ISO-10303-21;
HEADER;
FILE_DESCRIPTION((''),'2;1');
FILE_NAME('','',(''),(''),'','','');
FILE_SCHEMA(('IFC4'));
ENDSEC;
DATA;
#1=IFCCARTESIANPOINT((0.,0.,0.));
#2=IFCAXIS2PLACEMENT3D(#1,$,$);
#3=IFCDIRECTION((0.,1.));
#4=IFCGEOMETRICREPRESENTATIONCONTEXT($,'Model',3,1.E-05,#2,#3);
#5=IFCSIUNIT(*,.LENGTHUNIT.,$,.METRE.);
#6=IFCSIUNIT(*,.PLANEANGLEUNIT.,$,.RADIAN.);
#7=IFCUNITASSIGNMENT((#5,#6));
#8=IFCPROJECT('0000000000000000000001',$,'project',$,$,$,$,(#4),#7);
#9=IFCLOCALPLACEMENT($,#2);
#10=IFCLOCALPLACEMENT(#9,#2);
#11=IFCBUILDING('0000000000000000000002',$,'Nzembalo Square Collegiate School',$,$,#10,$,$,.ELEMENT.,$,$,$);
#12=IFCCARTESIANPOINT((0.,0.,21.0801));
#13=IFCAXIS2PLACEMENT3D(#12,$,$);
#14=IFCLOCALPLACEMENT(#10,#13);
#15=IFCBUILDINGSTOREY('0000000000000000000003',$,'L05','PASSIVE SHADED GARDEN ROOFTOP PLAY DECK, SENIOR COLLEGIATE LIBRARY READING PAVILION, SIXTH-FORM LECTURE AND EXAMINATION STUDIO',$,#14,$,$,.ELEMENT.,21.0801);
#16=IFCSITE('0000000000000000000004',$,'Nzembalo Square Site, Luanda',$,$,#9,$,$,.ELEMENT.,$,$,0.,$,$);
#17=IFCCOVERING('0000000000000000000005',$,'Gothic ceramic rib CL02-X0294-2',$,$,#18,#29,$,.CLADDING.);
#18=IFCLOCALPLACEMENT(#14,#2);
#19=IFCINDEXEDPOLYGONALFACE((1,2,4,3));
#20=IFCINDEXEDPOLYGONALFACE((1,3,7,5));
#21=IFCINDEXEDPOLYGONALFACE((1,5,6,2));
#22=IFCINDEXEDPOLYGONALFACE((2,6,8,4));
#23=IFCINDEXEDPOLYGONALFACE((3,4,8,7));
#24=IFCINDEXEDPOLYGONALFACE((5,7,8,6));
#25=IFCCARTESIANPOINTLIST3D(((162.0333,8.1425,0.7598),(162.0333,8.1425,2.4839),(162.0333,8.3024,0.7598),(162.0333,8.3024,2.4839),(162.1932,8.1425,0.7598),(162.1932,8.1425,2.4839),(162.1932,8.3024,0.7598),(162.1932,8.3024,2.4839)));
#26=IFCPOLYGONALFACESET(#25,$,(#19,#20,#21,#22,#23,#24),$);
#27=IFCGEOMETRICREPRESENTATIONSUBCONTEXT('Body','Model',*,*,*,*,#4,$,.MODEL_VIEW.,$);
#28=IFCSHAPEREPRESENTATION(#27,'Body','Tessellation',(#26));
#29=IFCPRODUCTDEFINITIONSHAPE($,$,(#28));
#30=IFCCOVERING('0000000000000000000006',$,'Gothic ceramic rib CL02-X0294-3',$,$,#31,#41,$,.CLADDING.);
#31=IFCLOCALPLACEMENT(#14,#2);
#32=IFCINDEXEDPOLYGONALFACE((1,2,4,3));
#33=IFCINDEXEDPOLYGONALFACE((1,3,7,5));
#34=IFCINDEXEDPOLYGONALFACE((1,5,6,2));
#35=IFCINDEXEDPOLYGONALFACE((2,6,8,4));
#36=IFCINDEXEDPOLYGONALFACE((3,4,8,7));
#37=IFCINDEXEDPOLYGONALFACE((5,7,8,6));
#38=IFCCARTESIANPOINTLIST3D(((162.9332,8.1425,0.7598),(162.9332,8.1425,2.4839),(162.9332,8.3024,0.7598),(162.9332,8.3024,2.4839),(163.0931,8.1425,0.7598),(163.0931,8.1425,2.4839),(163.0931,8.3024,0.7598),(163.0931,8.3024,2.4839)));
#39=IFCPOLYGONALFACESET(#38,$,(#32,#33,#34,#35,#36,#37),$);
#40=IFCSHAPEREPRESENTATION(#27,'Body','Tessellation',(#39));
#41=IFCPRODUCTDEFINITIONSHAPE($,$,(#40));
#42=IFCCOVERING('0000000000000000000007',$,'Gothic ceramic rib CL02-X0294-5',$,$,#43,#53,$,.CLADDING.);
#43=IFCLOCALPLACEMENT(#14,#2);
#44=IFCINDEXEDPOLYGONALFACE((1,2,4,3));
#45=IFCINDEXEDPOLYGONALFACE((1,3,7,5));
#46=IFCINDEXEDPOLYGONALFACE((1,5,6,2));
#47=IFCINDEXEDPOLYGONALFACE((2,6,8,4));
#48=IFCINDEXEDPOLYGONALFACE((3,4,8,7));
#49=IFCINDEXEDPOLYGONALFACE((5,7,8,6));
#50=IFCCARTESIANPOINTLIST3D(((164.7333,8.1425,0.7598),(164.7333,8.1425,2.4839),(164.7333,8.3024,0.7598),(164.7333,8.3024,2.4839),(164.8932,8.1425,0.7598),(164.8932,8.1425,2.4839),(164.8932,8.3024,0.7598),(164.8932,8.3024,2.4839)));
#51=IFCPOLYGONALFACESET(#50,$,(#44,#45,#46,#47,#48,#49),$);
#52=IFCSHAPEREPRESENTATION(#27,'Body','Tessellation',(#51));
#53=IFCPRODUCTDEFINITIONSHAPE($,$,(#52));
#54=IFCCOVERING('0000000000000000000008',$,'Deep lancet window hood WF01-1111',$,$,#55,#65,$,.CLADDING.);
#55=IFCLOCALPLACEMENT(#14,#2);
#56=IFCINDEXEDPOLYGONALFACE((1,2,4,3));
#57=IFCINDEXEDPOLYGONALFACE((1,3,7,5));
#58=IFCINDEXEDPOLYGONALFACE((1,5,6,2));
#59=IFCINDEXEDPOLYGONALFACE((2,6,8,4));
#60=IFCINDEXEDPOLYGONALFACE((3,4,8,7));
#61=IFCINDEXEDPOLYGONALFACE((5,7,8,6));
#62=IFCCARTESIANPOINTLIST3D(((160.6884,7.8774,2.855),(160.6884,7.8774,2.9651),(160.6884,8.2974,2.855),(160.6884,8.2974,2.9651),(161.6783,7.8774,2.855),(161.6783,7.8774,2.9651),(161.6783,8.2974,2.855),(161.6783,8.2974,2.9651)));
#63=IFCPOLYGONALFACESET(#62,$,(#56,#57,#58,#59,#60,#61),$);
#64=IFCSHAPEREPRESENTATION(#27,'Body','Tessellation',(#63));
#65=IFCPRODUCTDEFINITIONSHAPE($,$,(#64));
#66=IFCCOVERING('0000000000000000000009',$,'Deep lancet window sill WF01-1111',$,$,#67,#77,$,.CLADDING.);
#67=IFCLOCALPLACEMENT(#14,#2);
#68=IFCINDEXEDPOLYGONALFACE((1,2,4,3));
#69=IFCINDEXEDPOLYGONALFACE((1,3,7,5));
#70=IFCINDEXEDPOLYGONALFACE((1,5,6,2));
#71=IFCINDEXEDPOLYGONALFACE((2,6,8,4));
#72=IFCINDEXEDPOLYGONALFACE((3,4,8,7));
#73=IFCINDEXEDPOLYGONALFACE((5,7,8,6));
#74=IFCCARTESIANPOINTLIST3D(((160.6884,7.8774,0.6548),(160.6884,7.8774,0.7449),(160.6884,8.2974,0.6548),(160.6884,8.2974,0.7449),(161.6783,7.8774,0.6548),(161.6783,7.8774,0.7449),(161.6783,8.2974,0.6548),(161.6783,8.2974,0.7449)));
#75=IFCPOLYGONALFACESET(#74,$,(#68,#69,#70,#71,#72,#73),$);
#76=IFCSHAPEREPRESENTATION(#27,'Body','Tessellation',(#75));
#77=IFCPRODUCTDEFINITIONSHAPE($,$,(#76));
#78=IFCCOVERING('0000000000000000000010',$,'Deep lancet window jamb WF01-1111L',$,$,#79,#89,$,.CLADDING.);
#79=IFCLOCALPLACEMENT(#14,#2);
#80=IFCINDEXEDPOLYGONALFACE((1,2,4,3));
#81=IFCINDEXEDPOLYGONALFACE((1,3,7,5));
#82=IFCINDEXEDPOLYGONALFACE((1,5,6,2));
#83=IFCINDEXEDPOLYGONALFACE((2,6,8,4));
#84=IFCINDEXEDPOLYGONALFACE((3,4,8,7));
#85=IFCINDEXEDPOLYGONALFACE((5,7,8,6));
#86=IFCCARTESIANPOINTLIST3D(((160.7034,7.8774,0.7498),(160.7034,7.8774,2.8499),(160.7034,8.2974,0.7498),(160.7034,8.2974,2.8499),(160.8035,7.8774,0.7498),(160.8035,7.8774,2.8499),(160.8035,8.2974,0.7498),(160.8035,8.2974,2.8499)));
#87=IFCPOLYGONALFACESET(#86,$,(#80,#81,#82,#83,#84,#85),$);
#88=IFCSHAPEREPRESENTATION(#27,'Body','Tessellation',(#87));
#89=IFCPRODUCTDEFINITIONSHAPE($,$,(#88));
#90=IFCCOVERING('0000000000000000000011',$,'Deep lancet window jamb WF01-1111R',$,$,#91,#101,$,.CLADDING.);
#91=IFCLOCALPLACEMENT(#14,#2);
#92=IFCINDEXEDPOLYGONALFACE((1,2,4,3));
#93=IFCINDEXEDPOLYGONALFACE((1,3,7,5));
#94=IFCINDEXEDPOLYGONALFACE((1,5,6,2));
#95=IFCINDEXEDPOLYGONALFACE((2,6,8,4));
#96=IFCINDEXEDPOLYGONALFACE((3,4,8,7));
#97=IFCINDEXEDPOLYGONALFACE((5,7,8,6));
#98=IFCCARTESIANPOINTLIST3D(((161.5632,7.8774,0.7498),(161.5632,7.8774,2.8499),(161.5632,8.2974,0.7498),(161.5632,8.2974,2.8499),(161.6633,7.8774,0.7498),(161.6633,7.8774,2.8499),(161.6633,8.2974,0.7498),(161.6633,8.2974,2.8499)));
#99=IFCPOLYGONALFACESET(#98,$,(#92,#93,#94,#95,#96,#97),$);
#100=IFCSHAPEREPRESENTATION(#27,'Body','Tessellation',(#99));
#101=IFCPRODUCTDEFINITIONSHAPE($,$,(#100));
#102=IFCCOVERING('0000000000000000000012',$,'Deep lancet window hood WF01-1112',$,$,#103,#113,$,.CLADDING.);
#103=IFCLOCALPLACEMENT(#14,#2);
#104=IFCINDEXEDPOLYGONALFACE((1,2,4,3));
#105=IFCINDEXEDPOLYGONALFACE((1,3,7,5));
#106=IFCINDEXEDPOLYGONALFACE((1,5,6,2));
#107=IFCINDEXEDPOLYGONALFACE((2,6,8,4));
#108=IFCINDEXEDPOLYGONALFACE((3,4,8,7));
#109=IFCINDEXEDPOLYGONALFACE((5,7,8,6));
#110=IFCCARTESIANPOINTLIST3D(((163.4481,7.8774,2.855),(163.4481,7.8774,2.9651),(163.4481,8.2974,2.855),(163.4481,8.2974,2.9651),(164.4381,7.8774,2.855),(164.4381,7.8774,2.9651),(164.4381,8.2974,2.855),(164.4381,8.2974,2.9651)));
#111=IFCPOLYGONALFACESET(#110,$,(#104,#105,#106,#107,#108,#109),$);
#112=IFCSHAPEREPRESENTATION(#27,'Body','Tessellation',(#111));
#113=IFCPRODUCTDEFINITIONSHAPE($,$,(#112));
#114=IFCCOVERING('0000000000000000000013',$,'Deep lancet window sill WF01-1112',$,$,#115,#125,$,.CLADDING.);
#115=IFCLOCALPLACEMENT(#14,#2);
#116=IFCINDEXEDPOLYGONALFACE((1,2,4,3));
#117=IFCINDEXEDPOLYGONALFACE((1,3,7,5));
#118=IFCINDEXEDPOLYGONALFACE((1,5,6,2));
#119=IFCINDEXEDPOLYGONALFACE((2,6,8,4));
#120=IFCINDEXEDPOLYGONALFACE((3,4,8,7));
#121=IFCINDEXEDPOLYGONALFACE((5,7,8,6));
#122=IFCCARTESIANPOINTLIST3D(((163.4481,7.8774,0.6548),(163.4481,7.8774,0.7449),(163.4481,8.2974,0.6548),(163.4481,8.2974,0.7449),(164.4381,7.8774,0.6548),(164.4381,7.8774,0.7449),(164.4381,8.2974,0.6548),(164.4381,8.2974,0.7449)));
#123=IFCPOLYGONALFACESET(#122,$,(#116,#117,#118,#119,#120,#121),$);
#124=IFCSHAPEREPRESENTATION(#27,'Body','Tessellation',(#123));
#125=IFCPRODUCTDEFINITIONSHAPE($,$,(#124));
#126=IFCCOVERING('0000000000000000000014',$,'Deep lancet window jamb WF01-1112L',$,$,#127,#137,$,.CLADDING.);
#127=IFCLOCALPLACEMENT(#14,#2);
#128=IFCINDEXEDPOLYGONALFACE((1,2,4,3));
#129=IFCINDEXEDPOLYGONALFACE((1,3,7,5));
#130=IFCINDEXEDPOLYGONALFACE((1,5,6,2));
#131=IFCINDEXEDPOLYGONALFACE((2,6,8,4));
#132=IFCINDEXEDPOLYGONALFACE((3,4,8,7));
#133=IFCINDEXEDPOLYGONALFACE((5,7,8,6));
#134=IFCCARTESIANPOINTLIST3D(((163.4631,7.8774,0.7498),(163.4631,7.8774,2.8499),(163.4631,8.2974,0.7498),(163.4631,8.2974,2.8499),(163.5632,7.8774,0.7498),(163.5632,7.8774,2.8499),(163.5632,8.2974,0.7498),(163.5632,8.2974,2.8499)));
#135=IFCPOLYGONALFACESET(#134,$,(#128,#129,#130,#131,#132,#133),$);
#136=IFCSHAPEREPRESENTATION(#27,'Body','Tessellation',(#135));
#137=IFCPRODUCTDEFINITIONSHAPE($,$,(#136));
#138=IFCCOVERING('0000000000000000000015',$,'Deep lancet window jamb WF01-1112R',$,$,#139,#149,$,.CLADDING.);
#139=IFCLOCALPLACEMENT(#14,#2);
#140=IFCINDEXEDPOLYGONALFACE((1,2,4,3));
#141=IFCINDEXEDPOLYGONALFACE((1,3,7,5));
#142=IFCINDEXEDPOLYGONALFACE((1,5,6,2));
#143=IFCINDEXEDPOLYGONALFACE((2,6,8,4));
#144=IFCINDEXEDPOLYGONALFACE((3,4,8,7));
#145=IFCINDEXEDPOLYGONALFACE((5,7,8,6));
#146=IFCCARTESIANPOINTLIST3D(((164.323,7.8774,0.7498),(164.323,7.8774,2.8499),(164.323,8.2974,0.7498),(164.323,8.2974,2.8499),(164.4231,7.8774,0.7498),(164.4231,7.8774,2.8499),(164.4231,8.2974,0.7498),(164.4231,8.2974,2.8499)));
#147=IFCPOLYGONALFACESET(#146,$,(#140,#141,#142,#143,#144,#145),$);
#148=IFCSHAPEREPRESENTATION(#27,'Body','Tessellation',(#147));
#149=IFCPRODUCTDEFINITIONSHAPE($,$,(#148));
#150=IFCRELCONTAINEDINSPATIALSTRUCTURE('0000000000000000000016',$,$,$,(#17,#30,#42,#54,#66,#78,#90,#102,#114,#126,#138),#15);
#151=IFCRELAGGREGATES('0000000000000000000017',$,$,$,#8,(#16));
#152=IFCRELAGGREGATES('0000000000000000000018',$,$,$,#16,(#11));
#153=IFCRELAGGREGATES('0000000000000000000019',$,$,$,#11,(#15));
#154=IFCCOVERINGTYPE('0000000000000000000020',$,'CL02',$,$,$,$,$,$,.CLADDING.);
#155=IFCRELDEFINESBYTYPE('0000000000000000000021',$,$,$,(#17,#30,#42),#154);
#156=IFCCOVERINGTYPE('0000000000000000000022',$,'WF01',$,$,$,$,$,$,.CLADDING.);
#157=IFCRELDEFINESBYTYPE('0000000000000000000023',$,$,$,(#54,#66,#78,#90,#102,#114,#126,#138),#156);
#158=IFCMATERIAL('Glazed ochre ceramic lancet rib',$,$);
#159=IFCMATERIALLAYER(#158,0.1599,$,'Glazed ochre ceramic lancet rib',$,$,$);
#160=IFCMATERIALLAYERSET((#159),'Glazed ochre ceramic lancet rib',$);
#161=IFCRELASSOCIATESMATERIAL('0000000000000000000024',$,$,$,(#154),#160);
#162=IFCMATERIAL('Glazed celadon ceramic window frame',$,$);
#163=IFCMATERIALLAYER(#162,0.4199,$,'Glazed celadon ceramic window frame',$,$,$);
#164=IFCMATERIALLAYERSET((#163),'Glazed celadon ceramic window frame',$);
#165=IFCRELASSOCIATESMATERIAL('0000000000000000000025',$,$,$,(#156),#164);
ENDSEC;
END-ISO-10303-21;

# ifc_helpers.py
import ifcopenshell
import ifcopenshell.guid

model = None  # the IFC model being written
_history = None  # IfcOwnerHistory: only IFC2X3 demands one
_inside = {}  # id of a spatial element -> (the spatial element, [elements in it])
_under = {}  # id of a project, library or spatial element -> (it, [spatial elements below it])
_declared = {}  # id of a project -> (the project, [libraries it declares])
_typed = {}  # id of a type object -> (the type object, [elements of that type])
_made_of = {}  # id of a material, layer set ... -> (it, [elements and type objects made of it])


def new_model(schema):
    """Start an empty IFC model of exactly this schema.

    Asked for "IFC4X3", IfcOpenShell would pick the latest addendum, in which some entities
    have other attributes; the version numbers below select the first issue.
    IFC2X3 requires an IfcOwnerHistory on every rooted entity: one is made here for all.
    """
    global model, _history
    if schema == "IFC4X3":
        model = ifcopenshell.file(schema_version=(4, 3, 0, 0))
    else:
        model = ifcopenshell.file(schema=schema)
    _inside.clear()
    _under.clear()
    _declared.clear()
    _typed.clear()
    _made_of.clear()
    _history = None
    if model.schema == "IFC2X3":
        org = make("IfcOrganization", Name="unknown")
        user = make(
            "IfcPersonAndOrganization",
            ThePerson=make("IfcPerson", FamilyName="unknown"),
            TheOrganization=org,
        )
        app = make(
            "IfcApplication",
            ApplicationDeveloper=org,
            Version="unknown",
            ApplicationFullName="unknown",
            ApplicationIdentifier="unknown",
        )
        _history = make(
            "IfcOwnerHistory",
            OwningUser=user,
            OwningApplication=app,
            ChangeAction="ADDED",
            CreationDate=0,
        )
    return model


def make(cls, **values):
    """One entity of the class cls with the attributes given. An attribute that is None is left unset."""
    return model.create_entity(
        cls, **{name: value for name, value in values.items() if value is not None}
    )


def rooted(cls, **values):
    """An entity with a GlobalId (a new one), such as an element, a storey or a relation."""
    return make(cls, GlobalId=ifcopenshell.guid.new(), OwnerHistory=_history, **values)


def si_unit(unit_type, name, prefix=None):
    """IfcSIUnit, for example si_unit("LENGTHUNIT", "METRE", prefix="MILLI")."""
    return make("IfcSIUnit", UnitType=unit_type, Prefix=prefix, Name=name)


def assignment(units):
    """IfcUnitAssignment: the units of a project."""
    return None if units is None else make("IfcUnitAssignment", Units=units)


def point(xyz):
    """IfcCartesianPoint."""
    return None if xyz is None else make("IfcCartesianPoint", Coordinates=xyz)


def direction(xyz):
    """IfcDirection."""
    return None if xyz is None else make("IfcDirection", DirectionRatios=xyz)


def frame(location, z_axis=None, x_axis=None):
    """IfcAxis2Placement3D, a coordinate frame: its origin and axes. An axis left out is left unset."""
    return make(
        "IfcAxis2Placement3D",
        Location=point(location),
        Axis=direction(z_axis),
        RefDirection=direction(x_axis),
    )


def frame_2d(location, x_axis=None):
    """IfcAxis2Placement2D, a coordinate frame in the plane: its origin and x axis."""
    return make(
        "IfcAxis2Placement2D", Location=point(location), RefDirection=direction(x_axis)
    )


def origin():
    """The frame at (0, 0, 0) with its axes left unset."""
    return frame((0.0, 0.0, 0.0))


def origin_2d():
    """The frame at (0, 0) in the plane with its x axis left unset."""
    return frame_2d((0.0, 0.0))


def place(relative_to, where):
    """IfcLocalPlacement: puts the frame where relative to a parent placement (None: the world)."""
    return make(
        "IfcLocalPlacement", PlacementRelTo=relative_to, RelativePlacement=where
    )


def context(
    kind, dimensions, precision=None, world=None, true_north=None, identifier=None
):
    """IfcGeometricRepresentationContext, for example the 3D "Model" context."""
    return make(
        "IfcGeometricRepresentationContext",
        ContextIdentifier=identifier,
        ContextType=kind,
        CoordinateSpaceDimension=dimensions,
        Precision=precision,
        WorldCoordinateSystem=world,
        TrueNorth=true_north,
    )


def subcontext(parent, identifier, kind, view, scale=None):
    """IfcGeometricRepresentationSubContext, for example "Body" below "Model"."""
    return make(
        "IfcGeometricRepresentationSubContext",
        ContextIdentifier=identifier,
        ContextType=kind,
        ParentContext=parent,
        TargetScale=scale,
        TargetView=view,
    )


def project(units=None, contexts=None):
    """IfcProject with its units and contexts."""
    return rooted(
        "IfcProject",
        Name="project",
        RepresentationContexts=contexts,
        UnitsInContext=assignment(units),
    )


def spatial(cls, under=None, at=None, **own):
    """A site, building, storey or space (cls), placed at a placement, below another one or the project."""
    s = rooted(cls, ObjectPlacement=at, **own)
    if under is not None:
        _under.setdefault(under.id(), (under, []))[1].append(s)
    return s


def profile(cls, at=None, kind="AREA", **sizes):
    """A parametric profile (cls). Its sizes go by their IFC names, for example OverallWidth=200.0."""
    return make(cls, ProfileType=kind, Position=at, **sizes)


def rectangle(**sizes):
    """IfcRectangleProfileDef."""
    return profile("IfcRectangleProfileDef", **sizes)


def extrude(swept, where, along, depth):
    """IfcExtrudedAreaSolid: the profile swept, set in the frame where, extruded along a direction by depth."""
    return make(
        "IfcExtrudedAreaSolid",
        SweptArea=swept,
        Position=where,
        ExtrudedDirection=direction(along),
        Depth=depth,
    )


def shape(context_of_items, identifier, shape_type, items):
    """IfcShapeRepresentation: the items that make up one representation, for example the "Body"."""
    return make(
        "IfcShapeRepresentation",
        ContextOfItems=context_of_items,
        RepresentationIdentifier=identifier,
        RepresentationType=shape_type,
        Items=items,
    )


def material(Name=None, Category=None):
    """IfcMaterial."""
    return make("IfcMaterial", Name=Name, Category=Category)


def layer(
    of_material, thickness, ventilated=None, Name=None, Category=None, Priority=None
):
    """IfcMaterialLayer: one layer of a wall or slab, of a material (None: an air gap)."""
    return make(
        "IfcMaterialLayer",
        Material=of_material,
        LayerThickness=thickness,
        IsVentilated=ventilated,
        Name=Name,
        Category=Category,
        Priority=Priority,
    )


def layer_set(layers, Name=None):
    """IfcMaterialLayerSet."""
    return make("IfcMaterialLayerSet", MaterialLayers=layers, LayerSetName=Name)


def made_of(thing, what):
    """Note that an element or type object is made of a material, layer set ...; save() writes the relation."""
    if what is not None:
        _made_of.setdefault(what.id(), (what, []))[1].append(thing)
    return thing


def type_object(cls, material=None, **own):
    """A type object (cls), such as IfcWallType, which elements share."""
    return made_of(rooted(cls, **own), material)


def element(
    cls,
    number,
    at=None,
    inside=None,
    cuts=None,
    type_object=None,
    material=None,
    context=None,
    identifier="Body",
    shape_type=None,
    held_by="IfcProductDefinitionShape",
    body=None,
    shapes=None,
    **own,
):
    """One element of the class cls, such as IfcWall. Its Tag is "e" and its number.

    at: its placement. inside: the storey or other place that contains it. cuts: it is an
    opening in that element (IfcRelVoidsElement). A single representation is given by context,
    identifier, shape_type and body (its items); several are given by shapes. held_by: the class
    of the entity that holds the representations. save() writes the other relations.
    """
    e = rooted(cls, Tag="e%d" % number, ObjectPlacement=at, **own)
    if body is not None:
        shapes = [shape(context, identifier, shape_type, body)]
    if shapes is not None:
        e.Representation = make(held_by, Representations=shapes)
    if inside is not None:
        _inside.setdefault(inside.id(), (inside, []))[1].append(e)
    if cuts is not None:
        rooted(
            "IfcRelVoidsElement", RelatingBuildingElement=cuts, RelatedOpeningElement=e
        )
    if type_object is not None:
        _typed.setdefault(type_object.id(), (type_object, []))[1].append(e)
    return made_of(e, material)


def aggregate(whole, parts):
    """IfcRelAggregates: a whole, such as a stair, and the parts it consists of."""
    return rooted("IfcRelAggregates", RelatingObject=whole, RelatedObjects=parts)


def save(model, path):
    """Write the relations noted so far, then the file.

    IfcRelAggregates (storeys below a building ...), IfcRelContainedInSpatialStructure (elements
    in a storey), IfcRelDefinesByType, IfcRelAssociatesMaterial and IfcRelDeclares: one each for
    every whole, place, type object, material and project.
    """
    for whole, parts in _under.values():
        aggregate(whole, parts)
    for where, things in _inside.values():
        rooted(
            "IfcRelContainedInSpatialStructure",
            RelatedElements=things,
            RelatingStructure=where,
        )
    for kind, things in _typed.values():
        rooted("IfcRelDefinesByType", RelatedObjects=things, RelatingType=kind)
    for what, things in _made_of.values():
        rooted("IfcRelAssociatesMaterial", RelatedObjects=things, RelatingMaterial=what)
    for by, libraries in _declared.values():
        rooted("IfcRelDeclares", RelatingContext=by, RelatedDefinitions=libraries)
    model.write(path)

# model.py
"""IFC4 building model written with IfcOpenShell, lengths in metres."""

from ifc_helpers import new_model, si_unit, direction, frame, origin, origin_2d, place, context, subcontext, project, spatial, rectangle, extrude, material, layer, layer_set, type_object, element, save


model = new_model("IFC4")

# Units and contexts
model_context = context("Model", 3, precision=1e-05, world=origin(), true_north=direction((0.0, 1.0)))
body_context = subcontext(model_context, "Body", "Model", "MODEL_VIEW")
ifc_project = project(units=[si_unit("LENGTHUNIT", "METRE"), si_unit("PLANEANGLEUNIT", "RADIAN")], contexts=[model_context])

# Site, building, storey
site_placement = place(None, origin())
site = spatial("IfcSite", under=ifc_project, at=site_placement, Name="Nzembalo Square Site, Luanda", CompositionType="ELEMENT", RefElevation=0.0)
building_placement = place(site_placement, origin())
building = spatial("IfcBuilding", under=site, at=building_placement, Name="Nzembalo Square Collegiate School", CompositionType="ELEMENT")
storey_placement = place(building_placement, frame((0.0, 0.0, 21.0801)))
storey = spatial("IfcBuildingStorey", under=building, at=storey_placement, Name="L05", Description="PASSIVE SHADED GARDEN ROOFTOP PLAY DECK, SENIOR COLLEGIATE LIBRARY READING PAVILION, SIXTH-FORM LECTURE AND EXAMINATION STUDIO", CompositionType="ELEMENT", Elevation=21.0801)

# Coverings
ifc_material_1 = material(Name="Glazed ochre ceramic lancet rib")
ifc_layer_1 = layer(ifc_material_1, 0.1599, Name="Glazed ochre ceramic lancet rib")
ifc_layer_set_1 = layer_set([ifc_layer_1], Name="Glazed ochre ceramic lancet rib")
covering_type_1 = type_object("IfcCoveringType", Name="CL02", PredefinedType="CLADDING", material=ifc_layer_set_1)
for number, where, z_axis, x_axis, name in (
    (1, (162.1133, 8.2224, 0.7598), (0.0, 0.0, 1.0), (1.0, 0.0, 0.0), "Gothic ceramic rib CL02-X0294-2"),
    (2, (163.0132, 8.2224, 0.7598), (0.0, 0.0, 1.0), (1.0, 0.0, 0.0), "Gothic ceramic rib CL02-X0294-3"),
    (3, (164.8132, 8.2224, 0.7598), (0.0, 0.0, 1.0), (1.0, 0.0, 0.0), "Gothic ceramic rib CL02-X0294-5"),
):
    element("IfcCovering", number, at=place(storey_placement, frame(where, z_axis=z_axis, x_axis=x_axis)), inside=storey, type_object=covering_type_1, Name=name, PredefinedType="CLADDING", context=body_context, shape_type="SweptSolid", body=[
        extrude(rectangle(XDim=0.1599, YDim=0.1599, at=origin_2d()), origin(), (0.0, 0.0, 1.0), 1.7241),
    ])
ifc_material_2 = material(Name="Glazed celadon ceramic window frame")
ifc_layer_2 = layer(ifc_material_2, 0.4199, Name="Glazed celadon ceramic window frame")
ifc_layer_set_2 = layer_set([ifc_layer_2], Name="Glazed celadon ceramic window frame")
covering_type_2 = type_object("IfcCoveringType", Name="WF01", PredefinedType="CLADDING", material=ifc_layer_set_2)
covering_1_placement = place(storey_placement, frame((161.1833, 8.0874, 2.855), z_axis=(0.0, 0.0, 1.0), x_axis=(1.0, 0.0, 0.0)))
element("IfcCovering", 4, at=covering_1_placement, inside=storey, type_object=covering_type_2, Name="Deep lancet window hood WF01-1111", PredefinedType="CLADDING", context=body_context, shape_type="SweptSolid", body=[
    extrude(rectangle(XDim=0.99, YDim=0.4199, at=origin_2d()), origin(), (0.0, 0.0, 1.0), 0.1101),
])
covering_2_placement = place(storey_placement, frame((161.1833, 8.0874, 0.6548), z_axis=(0.0, 0.0, 1.0), x_axis=(1.0, 0.0, 0.0)))
element("IfcCovering", 5, at=covering_2_placement, inside=storey, type_object=covering_type_2, Name="Deep lancet window sill WF01-1111", PredefinedType="CLADDING", context=body_context, shape_type="SweptSolid", body=[
    extrude(rectangle(XDim=0.99, YDim=0.4199, at=origin_2d()), origin(), (0.0, 0.0, 1.0), 0.0901),
])
for number, where, z_axis, x_axis, name in (
    (6, (160.7534, 8.0874, 0.7498), (0.0, 0.0, 1.0), (1.0, 0.0, 0.0), "Deep lancet window jamb WF01-1111L"),
    (7, (161.6133, 8.0874, 0.7498), (0.0, 0.0, 1.0), (1.0, 0.0, 0.0), "Deep lancet window jamb WF01-1111R"),
):
    element("IfcCovering", number, at=place(storey_placement, frame(where, z_axis=z_axis, x_axis=x_axis)), inside=storey, type_object=covering_type_2, Name=name, PredefinedType="CLADDING", context=body_context, shape_type="SweptSolid", body=[
        extrude(rectangle(XDim=0.1001, YDim=0.4199, at=origin_2d()), origin(), (0.0, 0.0, 1.0), 2.1001),
    ])
covering_3_placement = place(storey_placement, frame((163.9431, 8.0874, 2.855), z_axis=(0.0, 0.0, 1.0), x_axis=(1.0, 0.0, 0.0)))
element("IfcCovering", 8, at=covering_3_placement, inside=storey, type_object=covering_type_2, Name="Deep lancet window hood WF01-1112", PredefinedType="CLADDING", context=body_context, shape_type="SweptSolid", body=[
    extrude(rectangle(XDim=0.99, YDim=0.4199, at=origin_2d()), origin(), (0.0, 0.0, 1.0), 0.1101),
])
covering_4_placement = place(storey_placement, frame((163.9431, 8.0874, 0.6548), z_axis=(0.0, 0.0, 1.0), x_axis=(1.0, 0.0, 0.0)))
element("IfcCovering", 9, at=covering_4_placement, inside=storey, type_object=covering_type_2, Name="Deep lancet window sill WF01-1112", PredefinedType="CLADDING", context=body_context, shape_type="SweptSolid", body=[
    extrude(rectangle(XDim=0.99, YDim=0.4199, at=origin_2d()), origin(), (0.0, 0.0, 1.0), 0.0901),
])
for number, where, z_axis, x_axis, name in (
    (10, (163.5132, 8.0874, 0.7498), (0.0, 0.0, 1.0), (1.0, 0.0, 0.0), "Deep lancet window jamb WF01-1112L"),
    (11, (164.373, 8.0874, 0.7498), (0.0, 0.0, 1.0), (1.0, 0.0, 0.0), "Deep lancet window jamb WF01-1112R"),
):
    element("IfcCovering", number, at=place(storey_placement, frame(where, z_axis=z_axis, x_axis=x_axis)), inside=storey, type_object=covering_type_2, Name=name, PredefinedType="CLADDING", context=body_context, shape_type="SweptSolid", body=[
        extrude(rectangle(XDim=0.1001, YDim=0.4199, at=origin_2d()), origin(), (0.0, 0.0, 1.0), 2.1001),
    ])

save(model, "model.ifc")
